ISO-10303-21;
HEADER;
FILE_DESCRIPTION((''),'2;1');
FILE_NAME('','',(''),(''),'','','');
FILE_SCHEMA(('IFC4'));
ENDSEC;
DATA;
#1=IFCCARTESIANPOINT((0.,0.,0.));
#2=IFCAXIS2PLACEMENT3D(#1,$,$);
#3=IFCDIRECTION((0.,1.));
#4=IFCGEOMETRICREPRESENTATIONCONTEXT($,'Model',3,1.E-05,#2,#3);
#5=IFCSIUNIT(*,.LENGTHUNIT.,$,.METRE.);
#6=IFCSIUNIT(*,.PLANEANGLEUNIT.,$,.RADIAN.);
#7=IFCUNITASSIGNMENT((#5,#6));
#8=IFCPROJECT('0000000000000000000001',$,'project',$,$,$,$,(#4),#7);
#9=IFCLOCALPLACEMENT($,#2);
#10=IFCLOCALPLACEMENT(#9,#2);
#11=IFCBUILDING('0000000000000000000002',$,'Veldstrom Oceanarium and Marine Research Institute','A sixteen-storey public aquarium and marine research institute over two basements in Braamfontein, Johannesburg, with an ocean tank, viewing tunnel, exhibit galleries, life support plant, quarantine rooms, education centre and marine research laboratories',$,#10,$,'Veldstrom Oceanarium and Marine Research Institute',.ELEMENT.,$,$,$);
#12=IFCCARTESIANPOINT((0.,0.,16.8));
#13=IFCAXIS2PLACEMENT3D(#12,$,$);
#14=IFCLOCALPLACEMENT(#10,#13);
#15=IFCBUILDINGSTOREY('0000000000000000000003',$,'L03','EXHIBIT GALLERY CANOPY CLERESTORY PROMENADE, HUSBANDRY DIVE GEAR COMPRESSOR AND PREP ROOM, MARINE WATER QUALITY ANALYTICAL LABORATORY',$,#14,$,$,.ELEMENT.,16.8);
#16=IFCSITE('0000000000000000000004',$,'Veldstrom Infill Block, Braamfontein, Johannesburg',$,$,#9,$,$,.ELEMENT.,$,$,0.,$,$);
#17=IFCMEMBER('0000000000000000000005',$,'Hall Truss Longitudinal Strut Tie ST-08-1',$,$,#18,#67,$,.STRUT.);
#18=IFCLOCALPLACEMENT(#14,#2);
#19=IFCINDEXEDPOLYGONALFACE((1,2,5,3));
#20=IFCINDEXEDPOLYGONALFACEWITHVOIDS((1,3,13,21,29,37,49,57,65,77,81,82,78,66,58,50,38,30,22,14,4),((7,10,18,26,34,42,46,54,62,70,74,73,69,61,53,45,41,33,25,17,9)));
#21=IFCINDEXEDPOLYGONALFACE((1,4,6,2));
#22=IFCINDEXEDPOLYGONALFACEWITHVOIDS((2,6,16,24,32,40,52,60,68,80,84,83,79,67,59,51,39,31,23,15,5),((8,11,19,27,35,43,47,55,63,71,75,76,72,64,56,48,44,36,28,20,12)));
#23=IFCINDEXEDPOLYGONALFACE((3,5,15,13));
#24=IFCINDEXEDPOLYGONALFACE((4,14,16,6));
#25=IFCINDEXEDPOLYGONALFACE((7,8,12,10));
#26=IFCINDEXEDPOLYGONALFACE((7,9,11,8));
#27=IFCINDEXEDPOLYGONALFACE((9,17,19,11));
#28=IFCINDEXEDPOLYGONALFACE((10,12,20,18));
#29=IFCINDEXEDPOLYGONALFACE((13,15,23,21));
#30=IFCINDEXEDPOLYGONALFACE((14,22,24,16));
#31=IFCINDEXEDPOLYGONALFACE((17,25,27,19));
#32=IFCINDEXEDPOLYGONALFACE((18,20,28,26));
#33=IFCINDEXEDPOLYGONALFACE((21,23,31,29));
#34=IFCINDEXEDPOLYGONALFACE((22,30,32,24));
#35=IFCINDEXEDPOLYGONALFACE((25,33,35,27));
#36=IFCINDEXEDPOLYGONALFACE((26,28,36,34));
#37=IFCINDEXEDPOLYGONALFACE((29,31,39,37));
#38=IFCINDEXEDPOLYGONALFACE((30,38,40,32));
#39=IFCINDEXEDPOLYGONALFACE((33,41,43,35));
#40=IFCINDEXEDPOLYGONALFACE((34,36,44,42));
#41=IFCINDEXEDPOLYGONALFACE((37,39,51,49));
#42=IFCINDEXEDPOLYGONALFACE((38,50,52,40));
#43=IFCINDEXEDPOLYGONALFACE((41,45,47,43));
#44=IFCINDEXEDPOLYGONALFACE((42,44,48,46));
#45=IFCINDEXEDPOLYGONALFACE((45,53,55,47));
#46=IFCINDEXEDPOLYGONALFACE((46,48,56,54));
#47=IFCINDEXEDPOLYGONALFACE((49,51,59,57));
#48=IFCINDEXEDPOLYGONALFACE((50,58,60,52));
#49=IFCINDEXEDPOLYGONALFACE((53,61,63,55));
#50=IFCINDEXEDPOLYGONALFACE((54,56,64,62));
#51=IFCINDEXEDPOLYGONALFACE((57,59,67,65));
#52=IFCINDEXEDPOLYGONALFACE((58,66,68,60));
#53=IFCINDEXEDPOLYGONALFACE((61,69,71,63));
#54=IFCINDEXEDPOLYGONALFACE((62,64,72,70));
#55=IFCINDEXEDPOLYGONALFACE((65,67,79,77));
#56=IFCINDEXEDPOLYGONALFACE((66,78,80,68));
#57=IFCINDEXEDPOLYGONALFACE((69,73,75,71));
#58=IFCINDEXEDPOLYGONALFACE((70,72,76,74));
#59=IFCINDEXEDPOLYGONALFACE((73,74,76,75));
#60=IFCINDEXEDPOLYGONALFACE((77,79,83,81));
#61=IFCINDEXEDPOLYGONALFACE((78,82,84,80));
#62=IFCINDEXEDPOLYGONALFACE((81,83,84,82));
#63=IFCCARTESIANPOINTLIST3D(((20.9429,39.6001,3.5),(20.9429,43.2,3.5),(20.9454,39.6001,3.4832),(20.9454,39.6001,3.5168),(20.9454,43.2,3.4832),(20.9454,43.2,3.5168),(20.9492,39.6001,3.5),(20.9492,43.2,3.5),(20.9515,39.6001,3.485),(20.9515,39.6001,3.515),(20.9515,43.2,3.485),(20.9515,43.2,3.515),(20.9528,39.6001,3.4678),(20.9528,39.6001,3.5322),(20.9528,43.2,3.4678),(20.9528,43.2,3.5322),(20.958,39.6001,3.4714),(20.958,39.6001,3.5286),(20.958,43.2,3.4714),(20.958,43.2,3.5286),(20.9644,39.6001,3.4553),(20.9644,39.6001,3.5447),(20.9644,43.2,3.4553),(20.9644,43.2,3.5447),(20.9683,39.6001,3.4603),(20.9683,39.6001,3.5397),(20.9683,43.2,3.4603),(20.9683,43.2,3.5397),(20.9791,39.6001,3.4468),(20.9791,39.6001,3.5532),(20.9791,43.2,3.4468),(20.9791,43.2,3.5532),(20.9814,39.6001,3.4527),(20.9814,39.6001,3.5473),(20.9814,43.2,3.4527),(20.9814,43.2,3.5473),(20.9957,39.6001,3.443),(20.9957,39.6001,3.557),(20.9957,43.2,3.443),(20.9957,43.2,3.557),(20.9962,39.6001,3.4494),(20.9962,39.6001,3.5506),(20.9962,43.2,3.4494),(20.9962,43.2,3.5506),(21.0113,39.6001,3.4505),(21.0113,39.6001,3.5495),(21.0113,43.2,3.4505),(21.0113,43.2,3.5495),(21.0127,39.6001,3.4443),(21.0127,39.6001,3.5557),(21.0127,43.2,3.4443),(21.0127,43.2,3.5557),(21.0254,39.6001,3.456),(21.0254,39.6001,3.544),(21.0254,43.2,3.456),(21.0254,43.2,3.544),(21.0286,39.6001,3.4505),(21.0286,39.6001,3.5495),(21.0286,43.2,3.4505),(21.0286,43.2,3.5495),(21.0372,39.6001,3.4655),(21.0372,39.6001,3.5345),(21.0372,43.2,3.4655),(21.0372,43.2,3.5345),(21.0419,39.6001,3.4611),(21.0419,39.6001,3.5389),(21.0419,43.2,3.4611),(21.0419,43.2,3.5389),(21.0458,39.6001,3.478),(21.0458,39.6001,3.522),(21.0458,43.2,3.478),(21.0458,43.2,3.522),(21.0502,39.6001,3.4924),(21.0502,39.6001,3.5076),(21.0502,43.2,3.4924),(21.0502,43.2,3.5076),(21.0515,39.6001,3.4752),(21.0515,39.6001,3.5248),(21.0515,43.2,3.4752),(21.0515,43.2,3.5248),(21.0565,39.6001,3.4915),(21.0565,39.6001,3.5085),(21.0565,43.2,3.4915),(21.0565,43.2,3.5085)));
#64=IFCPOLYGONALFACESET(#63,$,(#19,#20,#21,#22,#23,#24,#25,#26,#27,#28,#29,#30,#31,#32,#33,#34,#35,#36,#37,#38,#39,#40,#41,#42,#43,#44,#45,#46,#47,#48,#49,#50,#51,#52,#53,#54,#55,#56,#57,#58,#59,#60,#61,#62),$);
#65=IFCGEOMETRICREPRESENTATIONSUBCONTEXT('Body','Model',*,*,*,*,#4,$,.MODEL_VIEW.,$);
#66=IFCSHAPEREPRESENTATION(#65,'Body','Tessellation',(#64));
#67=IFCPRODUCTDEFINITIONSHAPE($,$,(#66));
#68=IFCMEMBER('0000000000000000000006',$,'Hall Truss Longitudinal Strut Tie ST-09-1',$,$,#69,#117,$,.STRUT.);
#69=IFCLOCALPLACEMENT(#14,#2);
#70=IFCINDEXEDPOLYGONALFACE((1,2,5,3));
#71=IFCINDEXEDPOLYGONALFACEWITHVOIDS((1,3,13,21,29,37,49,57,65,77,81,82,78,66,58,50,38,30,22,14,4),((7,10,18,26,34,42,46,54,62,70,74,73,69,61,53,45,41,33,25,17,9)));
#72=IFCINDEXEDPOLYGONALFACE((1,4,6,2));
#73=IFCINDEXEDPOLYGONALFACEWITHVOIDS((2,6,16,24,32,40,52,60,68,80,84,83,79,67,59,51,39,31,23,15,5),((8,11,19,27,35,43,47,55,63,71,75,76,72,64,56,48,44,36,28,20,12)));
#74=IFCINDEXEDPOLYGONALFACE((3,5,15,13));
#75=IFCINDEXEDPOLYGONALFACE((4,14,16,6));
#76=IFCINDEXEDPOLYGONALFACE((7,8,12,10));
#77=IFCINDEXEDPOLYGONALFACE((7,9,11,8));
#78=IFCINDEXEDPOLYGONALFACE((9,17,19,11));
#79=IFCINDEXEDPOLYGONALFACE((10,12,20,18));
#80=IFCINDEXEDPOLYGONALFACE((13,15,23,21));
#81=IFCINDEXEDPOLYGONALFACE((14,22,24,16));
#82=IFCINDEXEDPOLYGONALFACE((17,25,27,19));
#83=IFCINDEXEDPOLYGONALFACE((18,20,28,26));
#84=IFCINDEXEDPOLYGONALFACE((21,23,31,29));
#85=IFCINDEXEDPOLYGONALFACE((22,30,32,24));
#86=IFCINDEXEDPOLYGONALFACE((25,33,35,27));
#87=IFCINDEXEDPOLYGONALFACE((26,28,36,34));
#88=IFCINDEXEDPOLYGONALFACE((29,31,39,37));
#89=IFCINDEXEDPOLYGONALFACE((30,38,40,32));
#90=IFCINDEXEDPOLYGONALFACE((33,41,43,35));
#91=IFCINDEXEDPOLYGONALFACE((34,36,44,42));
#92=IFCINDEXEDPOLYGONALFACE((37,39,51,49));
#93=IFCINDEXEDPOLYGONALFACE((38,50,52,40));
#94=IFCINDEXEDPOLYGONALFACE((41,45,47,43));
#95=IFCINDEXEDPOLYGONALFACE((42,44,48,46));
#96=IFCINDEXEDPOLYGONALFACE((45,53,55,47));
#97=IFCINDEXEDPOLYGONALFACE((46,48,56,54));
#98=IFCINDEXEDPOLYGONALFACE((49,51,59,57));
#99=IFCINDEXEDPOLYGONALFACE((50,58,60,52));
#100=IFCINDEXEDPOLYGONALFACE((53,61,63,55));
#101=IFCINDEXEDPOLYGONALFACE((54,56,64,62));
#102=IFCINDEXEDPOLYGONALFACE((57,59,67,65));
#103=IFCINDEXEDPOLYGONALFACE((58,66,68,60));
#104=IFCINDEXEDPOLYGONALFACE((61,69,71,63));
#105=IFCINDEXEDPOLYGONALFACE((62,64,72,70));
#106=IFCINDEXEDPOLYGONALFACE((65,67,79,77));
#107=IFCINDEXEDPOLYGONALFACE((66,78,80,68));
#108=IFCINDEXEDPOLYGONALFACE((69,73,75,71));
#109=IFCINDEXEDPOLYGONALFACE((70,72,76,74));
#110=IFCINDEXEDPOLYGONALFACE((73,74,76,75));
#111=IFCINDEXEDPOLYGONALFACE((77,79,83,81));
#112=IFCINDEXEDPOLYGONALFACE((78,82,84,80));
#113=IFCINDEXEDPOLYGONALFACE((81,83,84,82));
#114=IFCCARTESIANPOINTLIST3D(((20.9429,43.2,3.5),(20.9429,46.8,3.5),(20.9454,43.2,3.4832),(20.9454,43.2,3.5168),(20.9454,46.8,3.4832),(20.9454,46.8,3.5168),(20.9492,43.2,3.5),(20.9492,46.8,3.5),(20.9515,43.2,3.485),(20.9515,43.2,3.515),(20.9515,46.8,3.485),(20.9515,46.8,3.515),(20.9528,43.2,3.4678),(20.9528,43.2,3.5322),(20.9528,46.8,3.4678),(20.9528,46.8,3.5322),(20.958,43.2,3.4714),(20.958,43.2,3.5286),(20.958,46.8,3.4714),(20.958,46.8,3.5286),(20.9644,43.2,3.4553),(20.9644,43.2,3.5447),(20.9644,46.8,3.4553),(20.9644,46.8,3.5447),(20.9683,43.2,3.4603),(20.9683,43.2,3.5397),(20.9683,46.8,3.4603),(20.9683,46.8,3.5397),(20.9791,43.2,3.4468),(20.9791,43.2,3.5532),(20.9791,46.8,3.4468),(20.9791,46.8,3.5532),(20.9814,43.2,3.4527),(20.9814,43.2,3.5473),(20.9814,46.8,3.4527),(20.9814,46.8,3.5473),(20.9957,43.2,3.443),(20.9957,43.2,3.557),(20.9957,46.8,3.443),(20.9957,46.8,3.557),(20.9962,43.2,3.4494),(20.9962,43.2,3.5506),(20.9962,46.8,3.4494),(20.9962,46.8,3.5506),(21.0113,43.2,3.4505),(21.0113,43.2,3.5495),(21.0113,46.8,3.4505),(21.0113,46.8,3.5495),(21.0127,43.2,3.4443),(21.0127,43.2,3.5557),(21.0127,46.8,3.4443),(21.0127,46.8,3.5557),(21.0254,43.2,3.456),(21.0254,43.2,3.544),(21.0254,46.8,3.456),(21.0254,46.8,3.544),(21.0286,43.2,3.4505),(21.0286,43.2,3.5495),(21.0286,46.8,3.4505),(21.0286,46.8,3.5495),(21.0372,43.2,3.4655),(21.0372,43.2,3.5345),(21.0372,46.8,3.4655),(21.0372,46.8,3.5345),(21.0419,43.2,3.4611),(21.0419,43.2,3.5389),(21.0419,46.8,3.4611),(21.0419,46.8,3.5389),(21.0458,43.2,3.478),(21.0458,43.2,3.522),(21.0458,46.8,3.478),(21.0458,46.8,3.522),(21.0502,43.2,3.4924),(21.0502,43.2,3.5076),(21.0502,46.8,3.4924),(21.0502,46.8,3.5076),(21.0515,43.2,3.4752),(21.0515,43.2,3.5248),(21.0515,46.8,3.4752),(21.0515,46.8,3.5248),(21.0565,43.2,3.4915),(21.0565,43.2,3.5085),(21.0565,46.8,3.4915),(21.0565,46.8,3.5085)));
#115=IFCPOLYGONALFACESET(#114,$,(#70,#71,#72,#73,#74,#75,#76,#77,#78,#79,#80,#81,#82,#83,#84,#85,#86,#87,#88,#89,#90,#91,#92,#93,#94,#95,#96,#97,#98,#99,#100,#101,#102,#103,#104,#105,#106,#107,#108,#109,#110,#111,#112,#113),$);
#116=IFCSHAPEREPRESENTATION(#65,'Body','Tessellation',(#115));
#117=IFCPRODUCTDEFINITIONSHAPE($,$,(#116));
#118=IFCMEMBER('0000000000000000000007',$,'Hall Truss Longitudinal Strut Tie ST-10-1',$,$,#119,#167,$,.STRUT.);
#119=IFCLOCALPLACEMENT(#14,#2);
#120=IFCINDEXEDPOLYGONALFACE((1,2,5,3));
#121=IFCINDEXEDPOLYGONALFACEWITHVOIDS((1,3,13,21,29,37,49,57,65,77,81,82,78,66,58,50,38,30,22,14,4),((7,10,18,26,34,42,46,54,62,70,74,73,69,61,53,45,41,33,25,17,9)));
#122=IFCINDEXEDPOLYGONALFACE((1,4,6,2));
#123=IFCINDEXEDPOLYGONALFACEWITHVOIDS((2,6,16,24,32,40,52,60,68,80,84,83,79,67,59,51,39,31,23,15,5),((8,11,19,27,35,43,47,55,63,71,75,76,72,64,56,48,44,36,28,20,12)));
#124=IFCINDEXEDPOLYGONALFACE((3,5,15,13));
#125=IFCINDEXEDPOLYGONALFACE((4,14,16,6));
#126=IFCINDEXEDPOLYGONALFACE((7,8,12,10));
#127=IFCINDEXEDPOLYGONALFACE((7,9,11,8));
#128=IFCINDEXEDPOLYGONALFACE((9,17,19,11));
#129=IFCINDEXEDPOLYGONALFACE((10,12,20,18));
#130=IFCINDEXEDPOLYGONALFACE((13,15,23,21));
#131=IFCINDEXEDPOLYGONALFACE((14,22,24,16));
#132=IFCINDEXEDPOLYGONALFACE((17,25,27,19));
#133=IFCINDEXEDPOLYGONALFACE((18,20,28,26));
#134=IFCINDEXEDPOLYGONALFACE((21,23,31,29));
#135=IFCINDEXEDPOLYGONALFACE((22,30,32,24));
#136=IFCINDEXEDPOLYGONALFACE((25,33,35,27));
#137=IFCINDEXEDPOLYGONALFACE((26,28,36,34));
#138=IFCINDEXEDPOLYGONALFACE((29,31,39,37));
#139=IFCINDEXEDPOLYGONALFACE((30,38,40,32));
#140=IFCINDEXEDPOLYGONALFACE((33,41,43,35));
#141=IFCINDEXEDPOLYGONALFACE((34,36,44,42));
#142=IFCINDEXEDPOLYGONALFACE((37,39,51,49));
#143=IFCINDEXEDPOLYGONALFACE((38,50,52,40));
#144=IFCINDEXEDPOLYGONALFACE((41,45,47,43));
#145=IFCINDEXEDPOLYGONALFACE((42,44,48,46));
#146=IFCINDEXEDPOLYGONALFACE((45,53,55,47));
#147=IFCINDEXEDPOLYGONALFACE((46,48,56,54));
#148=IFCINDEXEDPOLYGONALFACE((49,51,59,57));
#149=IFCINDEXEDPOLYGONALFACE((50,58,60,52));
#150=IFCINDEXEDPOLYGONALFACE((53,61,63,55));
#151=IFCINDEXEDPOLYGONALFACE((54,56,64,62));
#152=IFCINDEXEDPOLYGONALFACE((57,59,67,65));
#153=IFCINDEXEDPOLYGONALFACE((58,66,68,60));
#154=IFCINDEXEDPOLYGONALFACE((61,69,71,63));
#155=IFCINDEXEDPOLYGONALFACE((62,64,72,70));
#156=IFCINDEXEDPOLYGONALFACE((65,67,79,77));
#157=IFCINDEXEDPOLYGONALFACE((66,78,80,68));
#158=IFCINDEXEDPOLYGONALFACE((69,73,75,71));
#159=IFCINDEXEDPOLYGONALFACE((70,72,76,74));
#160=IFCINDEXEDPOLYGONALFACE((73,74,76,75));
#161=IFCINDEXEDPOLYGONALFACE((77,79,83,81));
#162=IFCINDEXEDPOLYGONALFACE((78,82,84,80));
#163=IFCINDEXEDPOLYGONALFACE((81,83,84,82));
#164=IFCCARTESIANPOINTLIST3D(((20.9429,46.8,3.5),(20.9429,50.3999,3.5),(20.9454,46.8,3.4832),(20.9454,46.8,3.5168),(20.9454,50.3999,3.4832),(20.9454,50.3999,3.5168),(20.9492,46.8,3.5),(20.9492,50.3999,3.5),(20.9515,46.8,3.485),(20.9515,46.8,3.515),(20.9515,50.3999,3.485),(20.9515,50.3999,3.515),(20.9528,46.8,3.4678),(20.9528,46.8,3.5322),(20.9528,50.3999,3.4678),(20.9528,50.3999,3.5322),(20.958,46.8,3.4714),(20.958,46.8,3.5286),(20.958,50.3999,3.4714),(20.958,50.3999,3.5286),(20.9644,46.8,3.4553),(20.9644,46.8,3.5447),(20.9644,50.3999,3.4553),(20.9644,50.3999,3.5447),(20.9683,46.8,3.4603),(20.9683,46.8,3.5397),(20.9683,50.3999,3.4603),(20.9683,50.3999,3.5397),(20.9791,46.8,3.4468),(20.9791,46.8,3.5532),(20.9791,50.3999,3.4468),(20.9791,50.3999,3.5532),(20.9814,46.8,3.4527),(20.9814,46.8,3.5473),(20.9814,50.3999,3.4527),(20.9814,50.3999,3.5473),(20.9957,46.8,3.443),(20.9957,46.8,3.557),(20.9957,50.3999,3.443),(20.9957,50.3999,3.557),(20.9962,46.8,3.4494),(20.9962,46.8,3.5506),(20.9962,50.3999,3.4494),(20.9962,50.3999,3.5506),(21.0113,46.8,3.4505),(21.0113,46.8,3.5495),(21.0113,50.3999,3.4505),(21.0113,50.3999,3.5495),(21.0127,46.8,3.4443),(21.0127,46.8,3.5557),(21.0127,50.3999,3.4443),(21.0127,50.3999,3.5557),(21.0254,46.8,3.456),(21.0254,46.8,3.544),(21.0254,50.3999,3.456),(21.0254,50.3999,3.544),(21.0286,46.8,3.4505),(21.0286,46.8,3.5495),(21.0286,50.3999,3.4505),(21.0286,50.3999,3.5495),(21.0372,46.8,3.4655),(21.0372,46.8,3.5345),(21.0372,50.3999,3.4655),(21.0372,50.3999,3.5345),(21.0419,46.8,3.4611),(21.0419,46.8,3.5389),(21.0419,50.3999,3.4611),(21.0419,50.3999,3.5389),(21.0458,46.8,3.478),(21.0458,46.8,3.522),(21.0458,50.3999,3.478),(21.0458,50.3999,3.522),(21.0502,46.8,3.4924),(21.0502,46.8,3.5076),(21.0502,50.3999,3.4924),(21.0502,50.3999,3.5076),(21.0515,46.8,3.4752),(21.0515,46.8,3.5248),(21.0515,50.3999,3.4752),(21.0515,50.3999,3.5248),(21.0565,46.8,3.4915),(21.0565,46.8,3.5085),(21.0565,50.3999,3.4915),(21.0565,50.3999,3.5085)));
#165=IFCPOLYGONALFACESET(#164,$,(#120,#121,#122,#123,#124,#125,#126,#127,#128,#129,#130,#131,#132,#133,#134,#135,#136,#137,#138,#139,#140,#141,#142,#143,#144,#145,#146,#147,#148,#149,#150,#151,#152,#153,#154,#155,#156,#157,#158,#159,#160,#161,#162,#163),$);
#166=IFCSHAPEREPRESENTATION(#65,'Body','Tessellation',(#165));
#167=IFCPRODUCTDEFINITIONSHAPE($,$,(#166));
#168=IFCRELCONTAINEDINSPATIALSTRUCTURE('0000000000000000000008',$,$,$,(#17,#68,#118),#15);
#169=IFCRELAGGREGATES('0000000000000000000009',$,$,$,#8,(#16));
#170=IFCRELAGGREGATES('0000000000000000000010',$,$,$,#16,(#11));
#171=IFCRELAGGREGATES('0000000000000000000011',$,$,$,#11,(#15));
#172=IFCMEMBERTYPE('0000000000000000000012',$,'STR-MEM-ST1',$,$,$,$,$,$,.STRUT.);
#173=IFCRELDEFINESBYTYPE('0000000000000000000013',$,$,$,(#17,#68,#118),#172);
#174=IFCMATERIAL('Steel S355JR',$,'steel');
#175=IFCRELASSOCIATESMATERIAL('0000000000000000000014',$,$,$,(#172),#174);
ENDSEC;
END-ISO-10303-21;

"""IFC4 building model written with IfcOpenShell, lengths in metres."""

from ifc_helpers import new_model, si_unit, direction, frame, origin, origin_2d, place, context, subcontext, project, spatial, hollow_circle, extrude, material, material_profile, profile_set, type_object, element, save


model = new_model("IFC4")

# Units and contexts
model_context = context("Model", 3, precision=1e-05, world=origin(), true_north=direction((0.0, 1.0)))
body_context = subcontext(model_context, "Body", "Model", "MODEL_VIEW")
ifc_project = project(units=[si_unit("LENGTHUNIT", "METRE"), si_unit("PLANEANGLEUNIT", "RADIAN")], contexts=[model_context])

# Site, building, storey
site_placement = place(None, origin())
site = spatial("IfcSite", under=ifc_project, at=site_placement, Name="Veldstrom Infill Block, Braamfontein, Johannesburg", CompositionType="ELEMENT", RefElevation=0.0)
building_placement = place(site_placement, origin())
building = spatial("IfcBuilding", under=site, at=building_placement, Name="Veldstrom Oceanarium and Marine Research Institute", Description="A sixteen-storey public aquarium and marine research institute over two basements in Braamfontein, Johannesburg, with an ocean tank, viewing tunnel, exhibit galleries, life support plant, quarantine rooms, education centre and marine research laboratories", LongName="Veldstrom Oceanarium and Marine Research Institute", CompositionType="ELEMENT")
storey_placement = place(building_placement, frame((0.0, 0.0, 16.8)))
storey = spatial("IfcBuildingStorey", under=building, at=storey_placement, Name="L03", Description="EXHIBIT GALLERY CANOPY CLERESTORY PROMENADE, HUSBANDRY DIVE GEAR COMPRESSOR AND PREP ROOM, MARINE WATER QUALITY ANALYTICAL LABORATORY", CompositionType="ELEMENT", Elevation=16.8)

# Members
ifc_material_1 = material(Name="Steel S355JR", Category="steel")
ifc_material_profile_1 = material_profile(ifc_material_1, hollow_circle(Radius=0.0571, WallThickness=0.0063, at=origin_2d()), Name="CHS 114.3x6.3")
ifc_profile_set_1 = profile_set([ifc_material_profile_1], Name="Steel S355JR")
member_type_1 = type_object("IfcMemberType", Name="STR-MEM-ST1", PredefinedType="STRUT", material=ifc_profile_set_1)
member_1_placement = place(storey_placement, frame((21.0, 39.6001, 3.5), z_axis=(0.0, 1.0, 0.0), x_axis=(-1.0, 0.0, 0.0)))
element("IfcMember", 1, at=member_1_placement, inside=storey, type_object=member_type_1, Name="Hall Truss Longitudinal Strut Tie ST-08-1", PredefinedType="STRUT", context=body_context, shape_type="SweptSolid", body=[
    extrude(hollow_circle(Radius=0.0571, WallThickness=0.0063, at=origin_2d()), origin(), (0.0, 0.0, 1.0), 3.5999),
])
member_2_placement = place(storey_placement, frame((21.0, 43.2, 3.5), z_axis=(0.0, 1.0, 0.0), x_axis=(-1.0, 0.0, 0.0)))
element("IfcMember", 2, at=member_2_placement, inside=storey, type_object=member_type_1, Name="Hall Truss Longitudinal Strut Tie ST-09-1", PredefinedType="STRUT", context=body_context, shape_type="SweptSolid", body=[
    extrude(hollow_circle(Radius=0.0571, WallThickness=0.0063, at=origin_2d()), origin(), (0.0, 0.0, 1.0), 3.6001),
])
member_3_placement = place(storey_placement, frame((21.0, 46.8, 3.5), z_axis=(0.0, 1.0, 0.0), x_axis=(-1.0, 0.0, 0.0)))
element("IfcMember", 3, at=member_3_placement, inside=storey, type_object=member_type_1, Name="Hall Truss Longitudinal Strut Tie ST-10-1", PredefinedType="STRUT", context=body_context, shape_type="SweptSolid", body=[
    extrude(hollow_circle(Radius=0.0571, WallThickness=0.0063, at=origin_2d()), origin(), (0.0, 0.0, 1.0), 3.5999),
])

save(model, "model.ifc")
